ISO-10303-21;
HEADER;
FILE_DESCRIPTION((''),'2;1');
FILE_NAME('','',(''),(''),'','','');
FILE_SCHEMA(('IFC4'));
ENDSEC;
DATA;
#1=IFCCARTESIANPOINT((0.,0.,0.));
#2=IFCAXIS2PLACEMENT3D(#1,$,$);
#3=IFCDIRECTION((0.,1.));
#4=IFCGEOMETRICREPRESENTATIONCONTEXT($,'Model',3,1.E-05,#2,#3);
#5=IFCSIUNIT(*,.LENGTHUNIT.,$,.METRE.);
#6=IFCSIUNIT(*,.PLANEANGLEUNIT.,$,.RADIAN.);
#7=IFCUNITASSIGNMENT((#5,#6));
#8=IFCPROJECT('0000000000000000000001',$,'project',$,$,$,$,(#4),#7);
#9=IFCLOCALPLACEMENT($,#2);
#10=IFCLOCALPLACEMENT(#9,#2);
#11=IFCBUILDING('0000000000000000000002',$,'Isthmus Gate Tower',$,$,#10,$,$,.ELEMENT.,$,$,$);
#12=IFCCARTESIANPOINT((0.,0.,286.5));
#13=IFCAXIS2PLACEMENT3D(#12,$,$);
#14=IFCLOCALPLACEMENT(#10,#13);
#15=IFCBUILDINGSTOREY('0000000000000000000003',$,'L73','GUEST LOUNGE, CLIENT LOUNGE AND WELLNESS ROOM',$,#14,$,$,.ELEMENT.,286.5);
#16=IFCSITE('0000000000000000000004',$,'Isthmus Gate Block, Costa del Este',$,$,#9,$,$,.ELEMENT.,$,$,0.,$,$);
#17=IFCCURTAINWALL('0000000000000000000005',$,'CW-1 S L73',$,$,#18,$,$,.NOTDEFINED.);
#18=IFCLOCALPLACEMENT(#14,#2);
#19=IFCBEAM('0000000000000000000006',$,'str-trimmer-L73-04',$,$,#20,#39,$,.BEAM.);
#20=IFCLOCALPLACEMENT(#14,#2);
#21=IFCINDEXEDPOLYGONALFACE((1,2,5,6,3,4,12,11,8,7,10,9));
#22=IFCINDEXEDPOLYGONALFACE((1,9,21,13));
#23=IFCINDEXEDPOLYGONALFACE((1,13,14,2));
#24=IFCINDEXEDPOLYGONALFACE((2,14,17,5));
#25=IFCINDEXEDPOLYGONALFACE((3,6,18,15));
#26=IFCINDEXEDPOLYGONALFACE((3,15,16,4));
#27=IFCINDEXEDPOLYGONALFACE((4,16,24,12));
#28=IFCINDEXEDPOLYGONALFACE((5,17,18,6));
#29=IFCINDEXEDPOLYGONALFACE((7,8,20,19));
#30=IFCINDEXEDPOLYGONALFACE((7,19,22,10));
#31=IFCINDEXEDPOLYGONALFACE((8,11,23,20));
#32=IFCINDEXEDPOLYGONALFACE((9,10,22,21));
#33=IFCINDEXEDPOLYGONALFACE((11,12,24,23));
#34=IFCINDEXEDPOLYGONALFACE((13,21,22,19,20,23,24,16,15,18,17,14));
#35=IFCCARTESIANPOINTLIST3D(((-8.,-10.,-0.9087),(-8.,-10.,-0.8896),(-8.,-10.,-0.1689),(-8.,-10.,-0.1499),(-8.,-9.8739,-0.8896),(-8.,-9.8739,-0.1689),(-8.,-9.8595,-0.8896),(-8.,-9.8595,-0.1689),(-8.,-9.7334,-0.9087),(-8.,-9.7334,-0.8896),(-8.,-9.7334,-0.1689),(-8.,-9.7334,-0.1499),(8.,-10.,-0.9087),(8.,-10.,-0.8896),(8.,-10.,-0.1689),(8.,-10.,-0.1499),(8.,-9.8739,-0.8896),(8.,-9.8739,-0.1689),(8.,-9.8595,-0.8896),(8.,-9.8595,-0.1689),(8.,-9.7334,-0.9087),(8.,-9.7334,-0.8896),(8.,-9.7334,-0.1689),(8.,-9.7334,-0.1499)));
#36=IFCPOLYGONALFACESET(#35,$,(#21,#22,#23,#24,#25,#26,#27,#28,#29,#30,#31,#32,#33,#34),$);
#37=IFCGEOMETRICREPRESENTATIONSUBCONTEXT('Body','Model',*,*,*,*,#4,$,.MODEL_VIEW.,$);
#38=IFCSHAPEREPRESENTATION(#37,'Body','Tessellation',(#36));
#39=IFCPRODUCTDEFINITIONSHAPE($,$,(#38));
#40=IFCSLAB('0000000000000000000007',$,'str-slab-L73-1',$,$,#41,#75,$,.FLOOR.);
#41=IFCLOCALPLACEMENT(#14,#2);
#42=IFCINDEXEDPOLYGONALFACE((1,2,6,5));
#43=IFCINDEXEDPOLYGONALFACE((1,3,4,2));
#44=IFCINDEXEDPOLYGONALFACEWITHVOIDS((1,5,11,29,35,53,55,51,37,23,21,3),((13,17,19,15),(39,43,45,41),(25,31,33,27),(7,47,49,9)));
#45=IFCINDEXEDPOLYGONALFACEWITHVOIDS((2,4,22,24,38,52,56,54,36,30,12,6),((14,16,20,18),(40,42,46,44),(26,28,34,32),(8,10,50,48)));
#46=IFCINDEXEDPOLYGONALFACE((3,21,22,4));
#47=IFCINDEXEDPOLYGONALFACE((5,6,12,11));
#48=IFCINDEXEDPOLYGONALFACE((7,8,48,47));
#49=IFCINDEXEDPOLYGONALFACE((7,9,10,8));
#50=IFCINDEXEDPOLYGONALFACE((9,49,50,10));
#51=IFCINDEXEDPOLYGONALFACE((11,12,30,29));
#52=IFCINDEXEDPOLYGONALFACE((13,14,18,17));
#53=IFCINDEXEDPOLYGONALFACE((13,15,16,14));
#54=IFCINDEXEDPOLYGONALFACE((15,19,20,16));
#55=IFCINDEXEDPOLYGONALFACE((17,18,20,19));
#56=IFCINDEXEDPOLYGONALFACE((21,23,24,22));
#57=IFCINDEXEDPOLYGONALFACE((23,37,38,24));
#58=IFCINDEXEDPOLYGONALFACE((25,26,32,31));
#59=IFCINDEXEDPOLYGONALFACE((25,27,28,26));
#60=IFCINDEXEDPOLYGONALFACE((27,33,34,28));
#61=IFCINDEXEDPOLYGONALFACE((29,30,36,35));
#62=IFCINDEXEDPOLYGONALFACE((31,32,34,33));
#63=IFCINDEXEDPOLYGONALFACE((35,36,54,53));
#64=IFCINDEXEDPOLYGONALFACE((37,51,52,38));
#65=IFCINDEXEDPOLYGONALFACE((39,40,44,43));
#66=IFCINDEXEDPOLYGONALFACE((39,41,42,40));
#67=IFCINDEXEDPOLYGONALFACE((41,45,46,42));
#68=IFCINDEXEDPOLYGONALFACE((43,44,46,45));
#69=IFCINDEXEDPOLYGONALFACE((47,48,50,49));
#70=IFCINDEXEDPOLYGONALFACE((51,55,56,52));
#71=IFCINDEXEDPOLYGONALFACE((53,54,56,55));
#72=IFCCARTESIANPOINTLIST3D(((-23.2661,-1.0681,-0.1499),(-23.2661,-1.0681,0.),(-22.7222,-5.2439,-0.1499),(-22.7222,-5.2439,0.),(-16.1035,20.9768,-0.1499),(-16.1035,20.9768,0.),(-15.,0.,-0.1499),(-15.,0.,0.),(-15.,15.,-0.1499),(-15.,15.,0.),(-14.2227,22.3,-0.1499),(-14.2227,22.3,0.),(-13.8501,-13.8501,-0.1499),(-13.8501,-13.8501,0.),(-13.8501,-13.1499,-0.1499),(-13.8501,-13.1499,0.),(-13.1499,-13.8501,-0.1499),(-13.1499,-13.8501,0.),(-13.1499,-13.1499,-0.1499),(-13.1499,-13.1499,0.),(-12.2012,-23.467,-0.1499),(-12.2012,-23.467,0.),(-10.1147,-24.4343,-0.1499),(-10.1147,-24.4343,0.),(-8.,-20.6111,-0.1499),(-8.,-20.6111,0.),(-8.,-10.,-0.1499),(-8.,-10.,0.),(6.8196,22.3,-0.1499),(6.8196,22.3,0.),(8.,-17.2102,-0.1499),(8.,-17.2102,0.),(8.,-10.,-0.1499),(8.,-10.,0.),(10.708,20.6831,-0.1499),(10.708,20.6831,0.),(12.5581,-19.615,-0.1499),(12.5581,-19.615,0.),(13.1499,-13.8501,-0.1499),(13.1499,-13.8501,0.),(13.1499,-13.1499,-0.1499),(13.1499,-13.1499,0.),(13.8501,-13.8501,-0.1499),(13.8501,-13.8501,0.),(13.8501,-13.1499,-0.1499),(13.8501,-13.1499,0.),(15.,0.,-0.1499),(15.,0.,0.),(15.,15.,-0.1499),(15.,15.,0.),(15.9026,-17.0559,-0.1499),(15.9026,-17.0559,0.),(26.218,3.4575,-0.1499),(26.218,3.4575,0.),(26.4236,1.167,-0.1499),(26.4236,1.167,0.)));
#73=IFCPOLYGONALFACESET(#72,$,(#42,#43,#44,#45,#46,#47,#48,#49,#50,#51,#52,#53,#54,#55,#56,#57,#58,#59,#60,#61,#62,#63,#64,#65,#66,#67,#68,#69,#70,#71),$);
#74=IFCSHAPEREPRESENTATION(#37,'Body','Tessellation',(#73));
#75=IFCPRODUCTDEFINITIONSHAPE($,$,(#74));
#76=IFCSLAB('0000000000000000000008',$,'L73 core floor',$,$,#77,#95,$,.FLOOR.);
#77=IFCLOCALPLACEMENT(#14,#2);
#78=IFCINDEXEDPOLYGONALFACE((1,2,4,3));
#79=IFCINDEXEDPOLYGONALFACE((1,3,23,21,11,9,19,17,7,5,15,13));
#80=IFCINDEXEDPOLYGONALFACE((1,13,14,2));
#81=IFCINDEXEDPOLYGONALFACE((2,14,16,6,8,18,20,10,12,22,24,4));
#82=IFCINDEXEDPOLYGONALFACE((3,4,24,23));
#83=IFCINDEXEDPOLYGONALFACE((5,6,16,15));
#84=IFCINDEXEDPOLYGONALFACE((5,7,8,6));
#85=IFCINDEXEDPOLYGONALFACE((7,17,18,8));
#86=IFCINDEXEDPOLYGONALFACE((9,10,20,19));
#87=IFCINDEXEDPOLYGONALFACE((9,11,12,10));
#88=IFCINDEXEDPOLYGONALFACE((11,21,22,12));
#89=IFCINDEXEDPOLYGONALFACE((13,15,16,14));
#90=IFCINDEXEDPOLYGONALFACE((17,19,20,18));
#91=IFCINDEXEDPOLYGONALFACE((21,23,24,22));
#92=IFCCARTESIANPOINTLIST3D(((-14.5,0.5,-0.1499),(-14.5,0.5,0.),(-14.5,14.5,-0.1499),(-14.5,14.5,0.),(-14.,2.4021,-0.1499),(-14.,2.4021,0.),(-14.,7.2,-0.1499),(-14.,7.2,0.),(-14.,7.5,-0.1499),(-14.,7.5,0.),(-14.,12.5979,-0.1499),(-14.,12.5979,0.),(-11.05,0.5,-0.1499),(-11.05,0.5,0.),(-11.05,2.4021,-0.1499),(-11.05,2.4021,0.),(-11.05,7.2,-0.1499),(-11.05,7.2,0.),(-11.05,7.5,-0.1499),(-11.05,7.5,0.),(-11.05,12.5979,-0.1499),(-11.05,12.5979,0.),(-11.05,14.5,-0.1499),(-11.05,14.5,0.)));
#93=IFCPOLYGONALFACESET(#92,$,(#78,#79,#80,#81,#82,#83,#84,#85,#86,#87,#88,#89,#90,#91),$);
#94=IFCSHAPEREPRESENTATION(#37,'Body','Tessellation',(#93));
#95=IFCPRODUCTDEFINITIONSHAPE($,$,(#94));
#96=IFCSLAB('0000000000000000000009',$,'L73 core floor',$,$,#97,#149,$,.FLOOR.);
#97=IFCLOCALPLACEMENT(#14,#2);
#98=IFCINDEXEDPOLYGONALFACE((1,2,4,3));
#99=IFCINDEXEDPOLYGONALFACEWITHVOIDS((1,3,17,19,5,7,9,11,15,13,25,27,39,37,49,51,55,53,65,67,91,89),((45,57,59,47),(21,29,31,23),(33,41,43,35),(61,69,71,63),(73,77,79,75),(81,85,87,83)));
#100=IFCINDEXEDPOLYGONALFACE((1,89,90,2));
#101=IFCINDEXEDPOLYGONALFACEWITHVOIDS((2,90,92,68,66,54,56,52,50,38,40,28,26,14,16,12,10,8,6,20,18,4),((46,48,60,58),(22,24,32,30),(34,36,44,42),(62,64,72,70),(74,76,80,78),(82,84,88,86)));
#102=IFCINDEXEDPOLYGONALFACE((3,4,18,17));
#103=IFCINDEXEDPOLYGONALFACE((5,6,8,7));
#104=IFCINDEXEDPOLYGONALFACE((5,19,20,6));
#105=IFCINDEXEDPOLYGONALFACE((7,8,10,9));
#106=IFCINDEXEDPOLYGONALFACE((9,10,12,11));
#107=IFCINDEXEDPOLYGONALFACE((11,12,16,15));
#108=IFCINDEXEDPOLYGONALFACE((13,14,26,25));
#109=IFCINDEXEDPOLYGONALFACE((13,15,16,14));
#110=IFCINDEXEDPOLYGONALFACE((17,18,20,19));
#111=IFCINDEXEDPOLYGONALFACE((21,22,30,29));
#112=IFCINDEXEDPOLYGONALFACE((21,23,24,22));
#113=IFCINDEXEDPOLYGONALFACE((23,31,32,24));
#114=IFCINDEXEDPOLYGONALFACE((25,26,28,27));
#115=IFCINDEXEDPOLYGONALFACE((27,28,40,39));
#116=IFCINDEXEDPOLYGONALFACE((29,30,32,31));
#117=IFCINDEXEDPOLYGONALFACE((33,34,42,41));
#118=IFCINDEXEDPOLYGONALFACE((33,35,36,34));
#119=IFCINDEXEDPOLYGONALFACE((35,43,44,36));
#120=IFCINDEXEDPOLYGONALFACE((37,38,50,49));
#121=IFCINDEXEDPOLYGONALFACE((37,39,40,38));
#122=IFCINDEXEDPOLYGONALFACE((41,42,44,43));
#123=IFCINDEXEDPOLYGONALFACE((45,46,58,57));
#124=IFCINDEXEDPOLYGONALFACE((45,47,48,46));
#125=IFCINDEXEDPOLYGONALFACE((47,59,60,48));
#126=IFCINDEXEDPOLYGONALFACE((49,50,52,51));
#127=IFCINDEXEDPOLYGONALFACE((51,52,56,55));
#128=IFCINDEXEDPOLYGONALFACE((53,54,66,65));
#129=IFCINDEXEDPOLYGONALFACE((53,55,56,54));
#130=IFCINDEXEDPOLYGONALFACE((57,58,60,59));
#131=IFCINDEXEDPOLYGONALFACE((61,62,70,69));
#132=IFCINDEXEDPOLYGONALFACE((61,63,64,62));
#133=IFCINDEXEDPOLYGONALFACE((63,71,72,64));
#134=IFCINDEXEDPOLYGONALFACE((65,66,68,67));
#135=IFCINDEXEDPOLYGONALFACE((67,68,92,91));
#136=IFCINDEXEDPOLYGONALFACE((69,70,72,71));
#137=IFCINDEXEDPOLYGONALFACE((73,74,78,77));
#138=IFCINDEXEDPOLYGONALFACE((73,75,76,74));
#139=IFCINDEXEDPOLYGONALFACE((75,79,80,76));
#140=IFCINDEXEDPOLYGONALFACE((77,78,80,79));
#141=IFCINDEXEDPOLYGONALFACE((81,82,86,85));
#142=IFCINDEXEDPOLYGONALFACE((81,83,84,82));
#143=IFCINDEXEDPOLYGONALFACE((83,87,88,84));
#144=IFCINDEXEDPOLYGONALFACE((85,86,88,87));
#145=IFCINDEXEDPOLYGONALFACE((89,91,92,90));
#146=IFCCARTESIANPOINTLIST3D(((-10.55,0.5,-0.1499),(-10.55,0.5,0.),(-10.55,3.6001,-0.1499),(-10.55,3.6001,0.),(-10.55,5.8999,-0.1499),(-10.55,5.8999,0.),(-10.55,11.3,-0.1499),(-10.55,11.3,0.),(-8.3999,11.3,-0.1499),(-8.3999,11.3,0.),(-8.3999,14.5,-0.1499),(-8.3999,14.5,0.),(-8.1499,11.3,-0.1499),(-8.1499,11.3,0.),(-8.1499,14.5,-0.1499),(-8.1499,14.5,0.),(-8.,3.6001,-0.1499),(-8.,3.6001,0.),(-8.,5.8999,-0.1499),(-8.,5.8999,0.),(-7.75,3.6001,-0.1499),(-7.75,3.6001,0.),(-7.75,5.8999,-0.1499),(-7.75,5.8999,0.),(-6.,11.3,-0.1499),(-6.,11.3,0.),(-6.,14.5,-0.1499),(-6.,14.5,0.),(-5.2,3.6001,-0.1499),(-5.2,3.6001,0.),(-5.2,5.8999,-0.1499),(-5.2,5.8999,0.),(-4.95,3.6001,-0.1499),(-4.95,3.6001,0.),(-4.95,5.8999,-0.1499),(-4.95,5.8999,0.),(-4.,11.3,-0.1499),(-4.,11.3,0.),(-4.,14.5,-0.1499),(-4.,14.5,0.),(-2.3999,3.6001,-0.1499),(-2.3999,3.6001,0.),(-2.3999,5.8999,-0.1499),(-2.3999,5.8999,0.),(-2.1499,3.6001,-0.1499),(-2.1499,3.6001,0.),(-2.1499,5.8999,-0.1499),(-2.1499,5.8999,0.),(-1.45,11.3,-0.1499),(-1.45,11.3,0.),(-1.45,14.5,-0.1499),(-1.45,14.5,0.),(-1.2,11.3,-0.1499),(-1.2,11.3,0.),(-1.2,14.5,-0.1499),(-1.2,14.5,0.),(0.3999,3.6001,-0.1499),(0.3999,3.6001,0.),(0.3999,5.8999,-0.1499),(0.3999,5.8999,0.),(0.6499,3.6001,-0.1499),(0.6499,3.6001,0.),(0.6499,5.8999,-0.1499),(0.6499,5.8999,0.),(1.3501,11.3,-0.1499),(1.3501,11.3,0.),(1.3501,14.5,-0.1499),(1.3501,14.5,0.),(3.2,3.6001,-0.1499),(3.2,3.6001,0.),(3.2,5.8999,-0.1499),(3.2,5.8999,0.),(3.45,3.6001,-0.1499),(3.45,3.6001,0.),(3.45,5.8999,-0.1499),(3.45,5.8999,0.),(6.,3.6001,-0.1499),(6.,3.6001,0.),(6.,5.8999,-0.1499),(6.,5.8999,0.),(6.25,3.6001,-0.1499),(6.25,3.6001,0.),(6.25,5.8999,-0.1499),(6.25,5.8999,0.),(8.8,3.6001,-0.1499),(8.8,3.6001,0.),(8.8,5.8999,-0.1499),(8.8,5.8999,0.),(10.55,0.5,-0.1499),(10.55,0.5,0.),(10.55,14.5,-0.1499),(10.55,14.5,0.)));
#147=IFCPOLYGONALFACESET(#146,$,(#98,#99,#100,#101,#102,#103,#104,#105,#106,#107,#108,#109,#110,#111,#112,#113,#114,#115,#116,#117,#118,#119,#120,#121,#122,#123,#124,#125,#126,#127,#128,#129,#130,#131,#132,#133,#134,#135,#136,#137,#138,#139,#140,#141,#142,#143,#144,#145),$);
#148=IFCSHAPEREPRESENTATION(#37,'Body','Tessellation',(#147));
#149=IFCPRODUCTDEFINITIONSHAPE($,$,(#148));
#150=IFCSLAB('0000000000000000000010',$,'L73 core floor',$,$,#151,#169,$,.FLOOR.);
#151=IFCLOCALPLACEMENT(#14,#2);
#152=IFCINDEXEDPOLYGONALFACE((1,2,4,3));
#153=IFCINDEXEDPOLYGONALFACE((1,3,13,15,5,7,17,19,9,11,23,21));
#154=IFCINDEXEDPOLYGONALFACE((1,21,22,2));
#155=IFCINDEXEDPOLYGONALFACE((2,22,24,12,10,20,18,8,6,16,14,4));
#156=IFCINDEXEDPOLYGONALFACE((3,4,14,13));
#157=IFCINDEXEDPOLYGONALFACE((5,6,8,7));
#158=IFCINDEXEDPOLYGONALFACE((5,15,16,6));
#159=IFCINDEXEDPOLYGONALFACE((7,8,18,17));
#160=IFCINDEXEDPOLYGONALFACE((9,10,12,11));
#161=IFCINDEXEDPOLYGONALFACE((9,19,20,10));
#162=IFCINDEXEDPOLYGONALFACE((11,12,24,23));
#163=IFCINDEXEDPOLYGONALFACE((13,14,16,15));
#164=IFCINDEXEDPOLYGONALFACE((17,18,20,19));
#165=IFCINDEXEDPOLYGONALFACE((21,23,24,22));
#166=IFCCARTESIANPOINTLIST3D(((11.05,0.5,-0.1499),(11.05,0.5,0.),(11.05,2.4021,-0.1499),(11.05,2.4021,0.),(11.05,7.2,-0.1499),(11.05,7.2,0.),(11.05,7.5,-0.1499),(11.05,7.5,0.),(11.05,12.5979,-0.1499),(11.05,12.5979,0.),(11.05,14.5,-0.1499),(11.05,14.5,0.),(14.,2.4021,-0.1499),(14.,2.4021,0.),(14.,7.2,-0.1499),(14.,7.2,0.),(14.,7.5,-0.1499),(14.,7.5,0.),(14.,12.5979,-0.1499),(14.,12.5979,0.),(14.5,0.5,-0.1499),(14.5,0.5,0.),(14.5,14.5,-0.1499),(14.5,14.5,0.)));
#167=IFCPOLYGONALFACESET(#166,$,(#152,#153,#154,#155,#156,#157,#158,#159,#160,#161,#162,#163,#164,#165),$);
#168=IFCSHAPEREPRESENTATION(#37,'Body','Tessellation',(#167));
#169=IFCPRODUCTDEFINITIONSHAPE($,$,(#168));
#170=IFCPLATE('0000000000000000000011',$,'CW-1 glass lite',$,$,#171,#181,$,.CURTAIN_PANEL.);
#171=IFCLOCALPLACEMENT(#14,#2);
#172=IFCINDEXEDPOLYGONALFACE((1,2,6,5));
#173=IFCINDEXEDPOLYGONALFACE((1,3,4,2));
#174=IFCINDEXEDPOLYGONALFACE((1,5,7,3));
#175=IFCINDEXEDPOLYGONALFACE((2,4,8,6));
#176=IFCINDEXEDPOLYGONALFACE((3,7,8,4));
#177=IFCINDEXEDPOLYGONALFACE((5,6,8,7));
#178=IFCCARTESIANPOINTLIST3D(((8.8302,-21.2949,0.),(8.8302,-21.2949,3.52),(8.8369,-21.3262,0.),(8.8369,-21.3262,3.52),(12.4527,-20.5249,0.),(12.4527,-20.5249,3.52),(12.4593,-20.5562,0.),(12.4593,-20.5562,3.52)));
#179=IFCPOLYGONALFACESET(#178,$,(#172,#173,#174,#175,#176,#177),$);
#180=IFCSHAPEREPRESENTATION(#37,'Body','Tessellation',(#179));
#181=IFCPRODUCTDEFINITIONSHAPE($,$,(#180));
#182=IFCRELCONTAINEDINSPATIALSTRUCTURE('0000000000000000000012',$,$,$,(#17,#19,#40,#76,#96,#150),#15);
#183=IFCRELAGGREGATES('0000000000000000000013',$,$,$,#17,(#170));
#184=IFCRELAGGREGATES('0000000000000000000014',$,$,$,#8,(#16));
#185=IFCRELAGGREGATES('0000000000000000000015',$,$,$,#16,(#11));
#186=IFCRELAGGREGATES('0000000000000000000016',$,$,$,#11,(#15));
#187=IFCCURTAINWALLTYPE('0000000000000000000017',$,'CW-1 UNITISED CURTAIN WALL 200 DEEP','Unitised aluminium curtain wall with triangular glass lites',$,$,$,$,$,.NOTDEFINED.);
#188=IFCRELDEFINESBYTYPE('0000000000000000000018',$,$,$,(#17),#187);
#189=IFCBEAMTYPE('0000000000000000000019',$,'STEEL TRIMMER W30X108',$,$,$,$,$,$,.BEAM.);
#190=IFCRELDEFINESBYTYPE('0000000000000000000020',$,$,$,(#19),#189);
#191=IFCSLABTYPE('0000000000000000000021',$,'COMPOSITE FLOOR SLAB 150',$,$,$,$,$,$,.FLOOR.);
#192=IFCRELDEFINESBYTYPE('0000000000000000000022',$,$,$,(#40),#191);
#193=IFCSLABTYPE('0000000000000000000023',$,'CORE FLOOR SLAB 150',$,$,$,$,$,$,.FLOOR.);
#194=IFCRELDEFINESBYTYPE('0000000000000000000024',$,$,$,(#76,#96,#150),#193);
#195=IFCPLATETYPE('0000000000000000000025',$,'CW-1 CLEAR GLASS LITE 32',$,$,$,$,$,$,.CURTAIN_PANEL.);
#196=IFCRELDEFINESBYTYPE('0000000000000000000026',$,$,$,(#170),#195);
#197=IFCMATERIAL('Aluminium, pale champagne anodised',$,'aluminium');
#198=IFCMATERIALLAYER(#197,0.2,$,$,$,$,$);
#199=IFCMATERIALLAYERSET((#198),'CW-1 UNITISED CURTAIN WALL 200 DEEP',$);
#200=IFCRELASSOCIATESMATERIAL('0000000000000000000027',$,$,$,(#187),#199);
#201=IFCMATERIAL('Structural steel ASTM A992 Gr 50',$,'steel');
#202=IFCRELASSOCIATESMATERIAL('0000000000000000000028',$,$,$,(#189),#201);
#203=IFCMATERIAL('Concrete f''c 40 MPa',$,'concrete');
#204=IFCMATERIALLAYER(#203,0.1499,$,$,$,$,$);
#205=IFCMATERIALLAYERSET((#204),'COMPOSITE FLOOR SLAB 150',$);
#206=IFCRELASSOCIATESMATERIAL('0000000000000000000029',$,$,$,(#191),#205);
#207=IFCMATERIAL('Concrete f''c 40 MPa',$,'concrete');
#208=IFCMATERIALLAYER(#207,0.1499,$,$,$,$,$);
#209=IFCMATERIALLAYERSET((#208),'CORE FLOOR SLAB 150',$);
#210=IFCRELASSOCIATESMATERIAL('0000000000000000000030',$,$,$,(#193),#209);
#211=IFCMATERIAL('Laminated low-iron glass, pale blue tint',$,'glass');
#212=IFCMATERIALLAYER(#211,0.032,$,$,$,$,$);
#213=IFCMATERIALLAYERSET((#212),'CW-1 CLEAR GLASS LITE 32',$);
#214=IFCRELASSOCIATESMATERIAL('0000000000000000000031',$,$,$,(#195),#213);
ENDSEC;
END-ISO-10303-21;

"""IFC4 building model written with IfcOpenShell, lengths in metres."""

from ifc_helpers import new_model, si_unit, direction, frame, origin, origin_2d, place, context, subcontext, project, spatial, polyline, rectangle, i_section, outline, extrude, material, layer, layer_set, material_profile, profile_set, type_object, element, aggregate, save


model = new_model("IFC4")

# Units and contexts
model_context = context("Model", 3, precision=1e-05, world=origin(), true_north=direction((0.0, 1.0)))
body_context = subcontext(model_context, "Body", "Model", "MODEL_VIEW")
ifc_project = project(units=[si_unit("LENGTHUNIT", "METRE"), si_unit("PLANEANGLEUNIT", "RADIAN")], contexts=[model_context])

# Site, building, storey
site_placement = place(None, origin())
site = spatial("IfcSite", under=ifc_project, at=site_placement, Name="Isthmus Gate Block, Costa del Este", CompositionType="ELEMENT", RefElevation=0.0)
building_placement = place(site_placement, origin())
building = spatial("IfcBuilding", under=site, at=building_placement, Name="Isthmus Gate Tower", CompositionType="ELEMENT")
storey_placement = place(building_placement, frame((0.0, 0.0, 286.5)))
storey = spatial("IfcBuildingStorey", under=building, at=storey_placement, Name="L73", Description="GUEST LOUNGE, CLIENT LOUNGE AND WELLNESS ROOM", CompositionType="ELEMENT", Elevation=286.5)

# Curtain wall
ifc_material_1 = material(Name="Aluminium, pale champagne anodised", Category="aluminium")
ifc_layer_1 = layer(ifc_material_1, 0.2)
ifc_layer_set_1 = layer_set([ifc_layer_1], Name="CW-1 UNITISED CURTAIN WALL 200 DEEP")
curtain_wall_type = type_object("IfcCurtainWallType", Name="CW-1 UNITISED CURTAIN WALL 200 DEEP", Description="Unitised aluminium curtain wall with triangular glass lites", PredefinedType="NOTDEFINED", material=ifc_layer_set_1)
curtain_wall_placement = place(storey_placement, origin())
curtain_wall = element("IfcCurtainWall", 1, at=curtain_wall_placement, inside=storey, type_object=curtain_wall_type, Name="CW-1 S L73", PredefinedType="NOTDEFINED")

# Beam
ifc_material_2 = material(Name="Structural steel ASTM A992 Gr 50", Category="steel")
ifc_material_profile_1 = material_profile(ifc_material_2, i_section(OverallWidth=0.2666, OverallDepth=0.7588, WebThickness=0.0144, FlangeThickness=0.019, at=origin_2d()), Name="W30X108")
ifc_profile_set_1 = profile_set([ifc_material_profile_1], Name="Structural steel ASTM A992 Gr 50")
beam_type_1 = type_object("IfcBeamType", Name="STEEL TRIMMER W30X108", PredefinedType="BEAM", material=ifc_profile_set_1)
beam_1_placement = place(storey_placement, frame((8.0, -9.8667, -0.5293), z_axis=(-1.0, 0.0, 0.0), x_axis=(0.0, -1.0, 0.0)))
element("IfcBeam", 2, at=beam_1_placement, inside=storey, type_object=beam_type_1, Name="str-trimmer-L73-04", PredefinedType="BEAM", context=body_context, shape_type="SweptSolid", body=[
    extrude(i_section(OverallWidth=0.2666, OverallDepth=0.7588, WebThickness=0.0144, FlangeThickness=0.019, at=origin_2d()), origin(), (0.0, 0.0, 1.0), 16.0),
])

# Slabs
ifc_material_3 = material(Name="Concrete f'c 40 MPa", Category="concrete")
ifc_layer_2 = layer(ifc_material_3, 0.1499)
ifc_layer_set_2 = layer_set([ifc_layer_2], Name="COMPOSITE FLOOR SLAB 150")
slab_type_1 = type_object("IfcSlabType", Name="COMPOSITE FLOOR SLAB 150", PredefinedType="FLOOR", material=ifc_layer_set_2)
slab_1_placement = place(storey_placement, frame((0.0, 0.0, -0.1499)))
element("IfcSlab", 3, at=slab_1_placement, inside=storey, type_object=slab_type_1, Name="str-slab-L73-1", PredefinedType="FLOOR", context=body_context, shape_type="SweptSolid", body=[
    extrude(outline(polyline([(10.708, 20.6831), (26.218, 3.4575), (26.4236, 1.167), (15.9026, -17.0559), (12.5581, -19.615), (-10.1147, -24.4343), (-12.2012, -23.467), (-22.7222, -5.2439), (-23.2661, -1.0681), (-16.1035, 20.9768), (-14.2227, 22.3), (6.8196, 22.3), (10.708, 20.6831)]), holes=[polyline([(-8.0, -10.0), (-8.0, -20.6111), (8.0, -17.2102), (8.0, -10.0), (-8.0, -10.0)]), polyline([(-13.8501, -13.1499), (-13.8501, -13.8501), (-13.1499, -13.8501), (-13.1499, -13.1499), (-13.8501, -13.1499)]), polyline([(13.1499, -13.1499), (13.1499, -13.8501), (13.8501, -13.8501), (13.8501, -13.1499), (13.1499, -13.1499)]), polyline([(-15.0, 0.0), (15.0, 0.0), (15.0, 15.0), (-15.0, 15.0), (-15.0, 0.0)])]), origin(), (0.0, 0.0, 1.0), 0.1499),
])
ifc_material_4 = material(Name="Concrete f'c 40 MPa", Category="concrete")
ifc_layer_3 = layer(ifc_material_4, 0.1499)
ifc_layer_set_3 = layer_set([ifc_layer_3], Name="CORE FLOOR SLAB 150")
slab_type_2 = type_object("IfcSlabType", Name="CORE FLOOR SLAB 150", PredefinedType="FLOOR", material=ifc_layer_set_3)
slab_2_placement = place(storey_placement, frame((0.0, 0.0, -0.1499)))
element("IfcSlab", 4, at=slab_2_placement, inside=storey, type_object=slab_type_2, Name="L73 core floor", PredefinedType="FLOOR", context=body_context, shape_type="SweptSolid", body=[
    extrude(outline(polyline([(-11.05, 0.5), (-11.05, 2.4021), (-14.0, 2.4021), (-14.0, 7.2), (-11.05, 7.2), (-11.05, 7.5), (-14.0, 7.5), (-14.0, 12.5979), (-11.05, 12.5979), (-11.05, 14.5), (-14.5, 14.5), (-14.5, 0.5), (-11.05, 0.5)])), origin(), (0.0, 0.0, 1.0), 0.1499),
])
slab_3_placement = place(storey_placement, frame((0.0, 0.0, -0.1499)))
element("IfcSlab", 5, at=slab_3_placement, inside=storey, type_object=slab_type_2, Name="L73 core floor", PredefinedType="FLOOR", context=body_context, shape_type="SweptSolid", body=[
    extrude(outline(polyline([(10.55, 14.5), (1.3501, 14.5), (1.3501, 11.3), (-1.2, 11.3), (-1.2, 14.5), (-1.45, 14.5), (-1.45, 11.3), (-4.0, 11.3), (-4.0, 14.5), (-6.0, 14.5), (-6.0, 11.3), (-8.1499, 11.3), (-8.1499, 14.5), (-8.3999, 14.5), (-8.3999, 11.3), (-10.55, 11.3), (-10.55, 5.8999), (-8.0, 5.8999), (-8.0, 3.6001), (-10.55, 3.6001), (-10.55, 0.5), (10.55, 0.5), (10.55, 14.5)]), holes=[polyline([(-5.2, 5.8999), (-5.2, 3.6001), (-7.75, 3.6001), (-7.75, 5.8999), (-5.2, 5.8999)]), polyline([(-2.3999, 5.8999), (-2.3999, 3.6001), (-4.95, 3.6001), (-4.95, 5.8999), (-2.3999, 5.8999)]), polyline([(0.3999, 5.8999), (0.3999, 3.6001), (-2.1499, 3.6001), (-2.1499, 5.8999), (0.3999, 5.8999)]), polyline([(3.2, 5.8999), (3.2, 3.6001), (0.6499, 3.6001), (0.6499, 5.8999), (3.2, 5.8999)]), polyline([(6.0, 5.8999), (6.0, 3.6001), (3.45, 3.6001), (3.45, 5.8999), (6.0, 5.8999)]), polyline([(8.8, 5.8999), (8.8, 3.6001), (6.25, 3.6001), (6.25, 5.8999), (8.8, 5.8999)])]), origin(), (0.0, 0.0, 1.0), 0.1499),
])
slab_4_placement = place(storey_placement, frame((0.0, 0.0, -0.1499)))
element("IfcSlab", 6, at=slab_4_placement, inside=storey, type_object=slab_type_2, Name="L73 core floor", PredefinedType="FLOOR", context=body_context, shape_type="SweptSolid", body=[
    extrude(outline(polyline([(11.05, 14.5), (11.05, 12.5979), (14.0, 12.5979), (14.0, 7.5), (11.05, 7.5), (11.05, 7.2), (14.0, 7.2), (14.0, 2.4021), (11.05, 2.4021), (11.05, 0.5), (14.5, 0.5), (14.5, 14.5), (11.05, 14.5)])), origin(), (0.0, 0.0, 1.0), 0.1499),
])

# Plate
ifc_material_5 = material(Name="Laminated low-iron glass, pale blue tint", Category="glass")
ifc_layer_4 = layer(ifc_material_5, 0.032)
ifc_layer_set_4 = layer_set([ifc_layer_4], Name="CW-1 CLEAR GLASS LITE 32")
plate_type = type_object("IfcPlateType", Name="CW-1 CLEAR GLASS LITE 32", PredefinedType="CURTAIN_PANEL", material=ifc_layer_set_4)
plate_placement = place(storey_placement, frame((10.6448, -20.9255, 0.0), z_axis=(0.0, 0.0, 1.0), x_axis=(0.978148, 0.207912, 0.0)))
plate = element("IfcPlate", 7, at=plate_placement, type_object=plate_type, Name="CW-1 glass lite", PredefinedType="CURTAIN_PANEL", context=body_context, shape_type="SweptSolid", body=[
    extrude(rectangle(XDim=3.7034, YDim=0.032, at=origin_2d()), origin(), (0.0, 0.0, 1.0), 3.52),
])

aggregate(curtain_wall, [plate])

save(model, "model.ifc")
